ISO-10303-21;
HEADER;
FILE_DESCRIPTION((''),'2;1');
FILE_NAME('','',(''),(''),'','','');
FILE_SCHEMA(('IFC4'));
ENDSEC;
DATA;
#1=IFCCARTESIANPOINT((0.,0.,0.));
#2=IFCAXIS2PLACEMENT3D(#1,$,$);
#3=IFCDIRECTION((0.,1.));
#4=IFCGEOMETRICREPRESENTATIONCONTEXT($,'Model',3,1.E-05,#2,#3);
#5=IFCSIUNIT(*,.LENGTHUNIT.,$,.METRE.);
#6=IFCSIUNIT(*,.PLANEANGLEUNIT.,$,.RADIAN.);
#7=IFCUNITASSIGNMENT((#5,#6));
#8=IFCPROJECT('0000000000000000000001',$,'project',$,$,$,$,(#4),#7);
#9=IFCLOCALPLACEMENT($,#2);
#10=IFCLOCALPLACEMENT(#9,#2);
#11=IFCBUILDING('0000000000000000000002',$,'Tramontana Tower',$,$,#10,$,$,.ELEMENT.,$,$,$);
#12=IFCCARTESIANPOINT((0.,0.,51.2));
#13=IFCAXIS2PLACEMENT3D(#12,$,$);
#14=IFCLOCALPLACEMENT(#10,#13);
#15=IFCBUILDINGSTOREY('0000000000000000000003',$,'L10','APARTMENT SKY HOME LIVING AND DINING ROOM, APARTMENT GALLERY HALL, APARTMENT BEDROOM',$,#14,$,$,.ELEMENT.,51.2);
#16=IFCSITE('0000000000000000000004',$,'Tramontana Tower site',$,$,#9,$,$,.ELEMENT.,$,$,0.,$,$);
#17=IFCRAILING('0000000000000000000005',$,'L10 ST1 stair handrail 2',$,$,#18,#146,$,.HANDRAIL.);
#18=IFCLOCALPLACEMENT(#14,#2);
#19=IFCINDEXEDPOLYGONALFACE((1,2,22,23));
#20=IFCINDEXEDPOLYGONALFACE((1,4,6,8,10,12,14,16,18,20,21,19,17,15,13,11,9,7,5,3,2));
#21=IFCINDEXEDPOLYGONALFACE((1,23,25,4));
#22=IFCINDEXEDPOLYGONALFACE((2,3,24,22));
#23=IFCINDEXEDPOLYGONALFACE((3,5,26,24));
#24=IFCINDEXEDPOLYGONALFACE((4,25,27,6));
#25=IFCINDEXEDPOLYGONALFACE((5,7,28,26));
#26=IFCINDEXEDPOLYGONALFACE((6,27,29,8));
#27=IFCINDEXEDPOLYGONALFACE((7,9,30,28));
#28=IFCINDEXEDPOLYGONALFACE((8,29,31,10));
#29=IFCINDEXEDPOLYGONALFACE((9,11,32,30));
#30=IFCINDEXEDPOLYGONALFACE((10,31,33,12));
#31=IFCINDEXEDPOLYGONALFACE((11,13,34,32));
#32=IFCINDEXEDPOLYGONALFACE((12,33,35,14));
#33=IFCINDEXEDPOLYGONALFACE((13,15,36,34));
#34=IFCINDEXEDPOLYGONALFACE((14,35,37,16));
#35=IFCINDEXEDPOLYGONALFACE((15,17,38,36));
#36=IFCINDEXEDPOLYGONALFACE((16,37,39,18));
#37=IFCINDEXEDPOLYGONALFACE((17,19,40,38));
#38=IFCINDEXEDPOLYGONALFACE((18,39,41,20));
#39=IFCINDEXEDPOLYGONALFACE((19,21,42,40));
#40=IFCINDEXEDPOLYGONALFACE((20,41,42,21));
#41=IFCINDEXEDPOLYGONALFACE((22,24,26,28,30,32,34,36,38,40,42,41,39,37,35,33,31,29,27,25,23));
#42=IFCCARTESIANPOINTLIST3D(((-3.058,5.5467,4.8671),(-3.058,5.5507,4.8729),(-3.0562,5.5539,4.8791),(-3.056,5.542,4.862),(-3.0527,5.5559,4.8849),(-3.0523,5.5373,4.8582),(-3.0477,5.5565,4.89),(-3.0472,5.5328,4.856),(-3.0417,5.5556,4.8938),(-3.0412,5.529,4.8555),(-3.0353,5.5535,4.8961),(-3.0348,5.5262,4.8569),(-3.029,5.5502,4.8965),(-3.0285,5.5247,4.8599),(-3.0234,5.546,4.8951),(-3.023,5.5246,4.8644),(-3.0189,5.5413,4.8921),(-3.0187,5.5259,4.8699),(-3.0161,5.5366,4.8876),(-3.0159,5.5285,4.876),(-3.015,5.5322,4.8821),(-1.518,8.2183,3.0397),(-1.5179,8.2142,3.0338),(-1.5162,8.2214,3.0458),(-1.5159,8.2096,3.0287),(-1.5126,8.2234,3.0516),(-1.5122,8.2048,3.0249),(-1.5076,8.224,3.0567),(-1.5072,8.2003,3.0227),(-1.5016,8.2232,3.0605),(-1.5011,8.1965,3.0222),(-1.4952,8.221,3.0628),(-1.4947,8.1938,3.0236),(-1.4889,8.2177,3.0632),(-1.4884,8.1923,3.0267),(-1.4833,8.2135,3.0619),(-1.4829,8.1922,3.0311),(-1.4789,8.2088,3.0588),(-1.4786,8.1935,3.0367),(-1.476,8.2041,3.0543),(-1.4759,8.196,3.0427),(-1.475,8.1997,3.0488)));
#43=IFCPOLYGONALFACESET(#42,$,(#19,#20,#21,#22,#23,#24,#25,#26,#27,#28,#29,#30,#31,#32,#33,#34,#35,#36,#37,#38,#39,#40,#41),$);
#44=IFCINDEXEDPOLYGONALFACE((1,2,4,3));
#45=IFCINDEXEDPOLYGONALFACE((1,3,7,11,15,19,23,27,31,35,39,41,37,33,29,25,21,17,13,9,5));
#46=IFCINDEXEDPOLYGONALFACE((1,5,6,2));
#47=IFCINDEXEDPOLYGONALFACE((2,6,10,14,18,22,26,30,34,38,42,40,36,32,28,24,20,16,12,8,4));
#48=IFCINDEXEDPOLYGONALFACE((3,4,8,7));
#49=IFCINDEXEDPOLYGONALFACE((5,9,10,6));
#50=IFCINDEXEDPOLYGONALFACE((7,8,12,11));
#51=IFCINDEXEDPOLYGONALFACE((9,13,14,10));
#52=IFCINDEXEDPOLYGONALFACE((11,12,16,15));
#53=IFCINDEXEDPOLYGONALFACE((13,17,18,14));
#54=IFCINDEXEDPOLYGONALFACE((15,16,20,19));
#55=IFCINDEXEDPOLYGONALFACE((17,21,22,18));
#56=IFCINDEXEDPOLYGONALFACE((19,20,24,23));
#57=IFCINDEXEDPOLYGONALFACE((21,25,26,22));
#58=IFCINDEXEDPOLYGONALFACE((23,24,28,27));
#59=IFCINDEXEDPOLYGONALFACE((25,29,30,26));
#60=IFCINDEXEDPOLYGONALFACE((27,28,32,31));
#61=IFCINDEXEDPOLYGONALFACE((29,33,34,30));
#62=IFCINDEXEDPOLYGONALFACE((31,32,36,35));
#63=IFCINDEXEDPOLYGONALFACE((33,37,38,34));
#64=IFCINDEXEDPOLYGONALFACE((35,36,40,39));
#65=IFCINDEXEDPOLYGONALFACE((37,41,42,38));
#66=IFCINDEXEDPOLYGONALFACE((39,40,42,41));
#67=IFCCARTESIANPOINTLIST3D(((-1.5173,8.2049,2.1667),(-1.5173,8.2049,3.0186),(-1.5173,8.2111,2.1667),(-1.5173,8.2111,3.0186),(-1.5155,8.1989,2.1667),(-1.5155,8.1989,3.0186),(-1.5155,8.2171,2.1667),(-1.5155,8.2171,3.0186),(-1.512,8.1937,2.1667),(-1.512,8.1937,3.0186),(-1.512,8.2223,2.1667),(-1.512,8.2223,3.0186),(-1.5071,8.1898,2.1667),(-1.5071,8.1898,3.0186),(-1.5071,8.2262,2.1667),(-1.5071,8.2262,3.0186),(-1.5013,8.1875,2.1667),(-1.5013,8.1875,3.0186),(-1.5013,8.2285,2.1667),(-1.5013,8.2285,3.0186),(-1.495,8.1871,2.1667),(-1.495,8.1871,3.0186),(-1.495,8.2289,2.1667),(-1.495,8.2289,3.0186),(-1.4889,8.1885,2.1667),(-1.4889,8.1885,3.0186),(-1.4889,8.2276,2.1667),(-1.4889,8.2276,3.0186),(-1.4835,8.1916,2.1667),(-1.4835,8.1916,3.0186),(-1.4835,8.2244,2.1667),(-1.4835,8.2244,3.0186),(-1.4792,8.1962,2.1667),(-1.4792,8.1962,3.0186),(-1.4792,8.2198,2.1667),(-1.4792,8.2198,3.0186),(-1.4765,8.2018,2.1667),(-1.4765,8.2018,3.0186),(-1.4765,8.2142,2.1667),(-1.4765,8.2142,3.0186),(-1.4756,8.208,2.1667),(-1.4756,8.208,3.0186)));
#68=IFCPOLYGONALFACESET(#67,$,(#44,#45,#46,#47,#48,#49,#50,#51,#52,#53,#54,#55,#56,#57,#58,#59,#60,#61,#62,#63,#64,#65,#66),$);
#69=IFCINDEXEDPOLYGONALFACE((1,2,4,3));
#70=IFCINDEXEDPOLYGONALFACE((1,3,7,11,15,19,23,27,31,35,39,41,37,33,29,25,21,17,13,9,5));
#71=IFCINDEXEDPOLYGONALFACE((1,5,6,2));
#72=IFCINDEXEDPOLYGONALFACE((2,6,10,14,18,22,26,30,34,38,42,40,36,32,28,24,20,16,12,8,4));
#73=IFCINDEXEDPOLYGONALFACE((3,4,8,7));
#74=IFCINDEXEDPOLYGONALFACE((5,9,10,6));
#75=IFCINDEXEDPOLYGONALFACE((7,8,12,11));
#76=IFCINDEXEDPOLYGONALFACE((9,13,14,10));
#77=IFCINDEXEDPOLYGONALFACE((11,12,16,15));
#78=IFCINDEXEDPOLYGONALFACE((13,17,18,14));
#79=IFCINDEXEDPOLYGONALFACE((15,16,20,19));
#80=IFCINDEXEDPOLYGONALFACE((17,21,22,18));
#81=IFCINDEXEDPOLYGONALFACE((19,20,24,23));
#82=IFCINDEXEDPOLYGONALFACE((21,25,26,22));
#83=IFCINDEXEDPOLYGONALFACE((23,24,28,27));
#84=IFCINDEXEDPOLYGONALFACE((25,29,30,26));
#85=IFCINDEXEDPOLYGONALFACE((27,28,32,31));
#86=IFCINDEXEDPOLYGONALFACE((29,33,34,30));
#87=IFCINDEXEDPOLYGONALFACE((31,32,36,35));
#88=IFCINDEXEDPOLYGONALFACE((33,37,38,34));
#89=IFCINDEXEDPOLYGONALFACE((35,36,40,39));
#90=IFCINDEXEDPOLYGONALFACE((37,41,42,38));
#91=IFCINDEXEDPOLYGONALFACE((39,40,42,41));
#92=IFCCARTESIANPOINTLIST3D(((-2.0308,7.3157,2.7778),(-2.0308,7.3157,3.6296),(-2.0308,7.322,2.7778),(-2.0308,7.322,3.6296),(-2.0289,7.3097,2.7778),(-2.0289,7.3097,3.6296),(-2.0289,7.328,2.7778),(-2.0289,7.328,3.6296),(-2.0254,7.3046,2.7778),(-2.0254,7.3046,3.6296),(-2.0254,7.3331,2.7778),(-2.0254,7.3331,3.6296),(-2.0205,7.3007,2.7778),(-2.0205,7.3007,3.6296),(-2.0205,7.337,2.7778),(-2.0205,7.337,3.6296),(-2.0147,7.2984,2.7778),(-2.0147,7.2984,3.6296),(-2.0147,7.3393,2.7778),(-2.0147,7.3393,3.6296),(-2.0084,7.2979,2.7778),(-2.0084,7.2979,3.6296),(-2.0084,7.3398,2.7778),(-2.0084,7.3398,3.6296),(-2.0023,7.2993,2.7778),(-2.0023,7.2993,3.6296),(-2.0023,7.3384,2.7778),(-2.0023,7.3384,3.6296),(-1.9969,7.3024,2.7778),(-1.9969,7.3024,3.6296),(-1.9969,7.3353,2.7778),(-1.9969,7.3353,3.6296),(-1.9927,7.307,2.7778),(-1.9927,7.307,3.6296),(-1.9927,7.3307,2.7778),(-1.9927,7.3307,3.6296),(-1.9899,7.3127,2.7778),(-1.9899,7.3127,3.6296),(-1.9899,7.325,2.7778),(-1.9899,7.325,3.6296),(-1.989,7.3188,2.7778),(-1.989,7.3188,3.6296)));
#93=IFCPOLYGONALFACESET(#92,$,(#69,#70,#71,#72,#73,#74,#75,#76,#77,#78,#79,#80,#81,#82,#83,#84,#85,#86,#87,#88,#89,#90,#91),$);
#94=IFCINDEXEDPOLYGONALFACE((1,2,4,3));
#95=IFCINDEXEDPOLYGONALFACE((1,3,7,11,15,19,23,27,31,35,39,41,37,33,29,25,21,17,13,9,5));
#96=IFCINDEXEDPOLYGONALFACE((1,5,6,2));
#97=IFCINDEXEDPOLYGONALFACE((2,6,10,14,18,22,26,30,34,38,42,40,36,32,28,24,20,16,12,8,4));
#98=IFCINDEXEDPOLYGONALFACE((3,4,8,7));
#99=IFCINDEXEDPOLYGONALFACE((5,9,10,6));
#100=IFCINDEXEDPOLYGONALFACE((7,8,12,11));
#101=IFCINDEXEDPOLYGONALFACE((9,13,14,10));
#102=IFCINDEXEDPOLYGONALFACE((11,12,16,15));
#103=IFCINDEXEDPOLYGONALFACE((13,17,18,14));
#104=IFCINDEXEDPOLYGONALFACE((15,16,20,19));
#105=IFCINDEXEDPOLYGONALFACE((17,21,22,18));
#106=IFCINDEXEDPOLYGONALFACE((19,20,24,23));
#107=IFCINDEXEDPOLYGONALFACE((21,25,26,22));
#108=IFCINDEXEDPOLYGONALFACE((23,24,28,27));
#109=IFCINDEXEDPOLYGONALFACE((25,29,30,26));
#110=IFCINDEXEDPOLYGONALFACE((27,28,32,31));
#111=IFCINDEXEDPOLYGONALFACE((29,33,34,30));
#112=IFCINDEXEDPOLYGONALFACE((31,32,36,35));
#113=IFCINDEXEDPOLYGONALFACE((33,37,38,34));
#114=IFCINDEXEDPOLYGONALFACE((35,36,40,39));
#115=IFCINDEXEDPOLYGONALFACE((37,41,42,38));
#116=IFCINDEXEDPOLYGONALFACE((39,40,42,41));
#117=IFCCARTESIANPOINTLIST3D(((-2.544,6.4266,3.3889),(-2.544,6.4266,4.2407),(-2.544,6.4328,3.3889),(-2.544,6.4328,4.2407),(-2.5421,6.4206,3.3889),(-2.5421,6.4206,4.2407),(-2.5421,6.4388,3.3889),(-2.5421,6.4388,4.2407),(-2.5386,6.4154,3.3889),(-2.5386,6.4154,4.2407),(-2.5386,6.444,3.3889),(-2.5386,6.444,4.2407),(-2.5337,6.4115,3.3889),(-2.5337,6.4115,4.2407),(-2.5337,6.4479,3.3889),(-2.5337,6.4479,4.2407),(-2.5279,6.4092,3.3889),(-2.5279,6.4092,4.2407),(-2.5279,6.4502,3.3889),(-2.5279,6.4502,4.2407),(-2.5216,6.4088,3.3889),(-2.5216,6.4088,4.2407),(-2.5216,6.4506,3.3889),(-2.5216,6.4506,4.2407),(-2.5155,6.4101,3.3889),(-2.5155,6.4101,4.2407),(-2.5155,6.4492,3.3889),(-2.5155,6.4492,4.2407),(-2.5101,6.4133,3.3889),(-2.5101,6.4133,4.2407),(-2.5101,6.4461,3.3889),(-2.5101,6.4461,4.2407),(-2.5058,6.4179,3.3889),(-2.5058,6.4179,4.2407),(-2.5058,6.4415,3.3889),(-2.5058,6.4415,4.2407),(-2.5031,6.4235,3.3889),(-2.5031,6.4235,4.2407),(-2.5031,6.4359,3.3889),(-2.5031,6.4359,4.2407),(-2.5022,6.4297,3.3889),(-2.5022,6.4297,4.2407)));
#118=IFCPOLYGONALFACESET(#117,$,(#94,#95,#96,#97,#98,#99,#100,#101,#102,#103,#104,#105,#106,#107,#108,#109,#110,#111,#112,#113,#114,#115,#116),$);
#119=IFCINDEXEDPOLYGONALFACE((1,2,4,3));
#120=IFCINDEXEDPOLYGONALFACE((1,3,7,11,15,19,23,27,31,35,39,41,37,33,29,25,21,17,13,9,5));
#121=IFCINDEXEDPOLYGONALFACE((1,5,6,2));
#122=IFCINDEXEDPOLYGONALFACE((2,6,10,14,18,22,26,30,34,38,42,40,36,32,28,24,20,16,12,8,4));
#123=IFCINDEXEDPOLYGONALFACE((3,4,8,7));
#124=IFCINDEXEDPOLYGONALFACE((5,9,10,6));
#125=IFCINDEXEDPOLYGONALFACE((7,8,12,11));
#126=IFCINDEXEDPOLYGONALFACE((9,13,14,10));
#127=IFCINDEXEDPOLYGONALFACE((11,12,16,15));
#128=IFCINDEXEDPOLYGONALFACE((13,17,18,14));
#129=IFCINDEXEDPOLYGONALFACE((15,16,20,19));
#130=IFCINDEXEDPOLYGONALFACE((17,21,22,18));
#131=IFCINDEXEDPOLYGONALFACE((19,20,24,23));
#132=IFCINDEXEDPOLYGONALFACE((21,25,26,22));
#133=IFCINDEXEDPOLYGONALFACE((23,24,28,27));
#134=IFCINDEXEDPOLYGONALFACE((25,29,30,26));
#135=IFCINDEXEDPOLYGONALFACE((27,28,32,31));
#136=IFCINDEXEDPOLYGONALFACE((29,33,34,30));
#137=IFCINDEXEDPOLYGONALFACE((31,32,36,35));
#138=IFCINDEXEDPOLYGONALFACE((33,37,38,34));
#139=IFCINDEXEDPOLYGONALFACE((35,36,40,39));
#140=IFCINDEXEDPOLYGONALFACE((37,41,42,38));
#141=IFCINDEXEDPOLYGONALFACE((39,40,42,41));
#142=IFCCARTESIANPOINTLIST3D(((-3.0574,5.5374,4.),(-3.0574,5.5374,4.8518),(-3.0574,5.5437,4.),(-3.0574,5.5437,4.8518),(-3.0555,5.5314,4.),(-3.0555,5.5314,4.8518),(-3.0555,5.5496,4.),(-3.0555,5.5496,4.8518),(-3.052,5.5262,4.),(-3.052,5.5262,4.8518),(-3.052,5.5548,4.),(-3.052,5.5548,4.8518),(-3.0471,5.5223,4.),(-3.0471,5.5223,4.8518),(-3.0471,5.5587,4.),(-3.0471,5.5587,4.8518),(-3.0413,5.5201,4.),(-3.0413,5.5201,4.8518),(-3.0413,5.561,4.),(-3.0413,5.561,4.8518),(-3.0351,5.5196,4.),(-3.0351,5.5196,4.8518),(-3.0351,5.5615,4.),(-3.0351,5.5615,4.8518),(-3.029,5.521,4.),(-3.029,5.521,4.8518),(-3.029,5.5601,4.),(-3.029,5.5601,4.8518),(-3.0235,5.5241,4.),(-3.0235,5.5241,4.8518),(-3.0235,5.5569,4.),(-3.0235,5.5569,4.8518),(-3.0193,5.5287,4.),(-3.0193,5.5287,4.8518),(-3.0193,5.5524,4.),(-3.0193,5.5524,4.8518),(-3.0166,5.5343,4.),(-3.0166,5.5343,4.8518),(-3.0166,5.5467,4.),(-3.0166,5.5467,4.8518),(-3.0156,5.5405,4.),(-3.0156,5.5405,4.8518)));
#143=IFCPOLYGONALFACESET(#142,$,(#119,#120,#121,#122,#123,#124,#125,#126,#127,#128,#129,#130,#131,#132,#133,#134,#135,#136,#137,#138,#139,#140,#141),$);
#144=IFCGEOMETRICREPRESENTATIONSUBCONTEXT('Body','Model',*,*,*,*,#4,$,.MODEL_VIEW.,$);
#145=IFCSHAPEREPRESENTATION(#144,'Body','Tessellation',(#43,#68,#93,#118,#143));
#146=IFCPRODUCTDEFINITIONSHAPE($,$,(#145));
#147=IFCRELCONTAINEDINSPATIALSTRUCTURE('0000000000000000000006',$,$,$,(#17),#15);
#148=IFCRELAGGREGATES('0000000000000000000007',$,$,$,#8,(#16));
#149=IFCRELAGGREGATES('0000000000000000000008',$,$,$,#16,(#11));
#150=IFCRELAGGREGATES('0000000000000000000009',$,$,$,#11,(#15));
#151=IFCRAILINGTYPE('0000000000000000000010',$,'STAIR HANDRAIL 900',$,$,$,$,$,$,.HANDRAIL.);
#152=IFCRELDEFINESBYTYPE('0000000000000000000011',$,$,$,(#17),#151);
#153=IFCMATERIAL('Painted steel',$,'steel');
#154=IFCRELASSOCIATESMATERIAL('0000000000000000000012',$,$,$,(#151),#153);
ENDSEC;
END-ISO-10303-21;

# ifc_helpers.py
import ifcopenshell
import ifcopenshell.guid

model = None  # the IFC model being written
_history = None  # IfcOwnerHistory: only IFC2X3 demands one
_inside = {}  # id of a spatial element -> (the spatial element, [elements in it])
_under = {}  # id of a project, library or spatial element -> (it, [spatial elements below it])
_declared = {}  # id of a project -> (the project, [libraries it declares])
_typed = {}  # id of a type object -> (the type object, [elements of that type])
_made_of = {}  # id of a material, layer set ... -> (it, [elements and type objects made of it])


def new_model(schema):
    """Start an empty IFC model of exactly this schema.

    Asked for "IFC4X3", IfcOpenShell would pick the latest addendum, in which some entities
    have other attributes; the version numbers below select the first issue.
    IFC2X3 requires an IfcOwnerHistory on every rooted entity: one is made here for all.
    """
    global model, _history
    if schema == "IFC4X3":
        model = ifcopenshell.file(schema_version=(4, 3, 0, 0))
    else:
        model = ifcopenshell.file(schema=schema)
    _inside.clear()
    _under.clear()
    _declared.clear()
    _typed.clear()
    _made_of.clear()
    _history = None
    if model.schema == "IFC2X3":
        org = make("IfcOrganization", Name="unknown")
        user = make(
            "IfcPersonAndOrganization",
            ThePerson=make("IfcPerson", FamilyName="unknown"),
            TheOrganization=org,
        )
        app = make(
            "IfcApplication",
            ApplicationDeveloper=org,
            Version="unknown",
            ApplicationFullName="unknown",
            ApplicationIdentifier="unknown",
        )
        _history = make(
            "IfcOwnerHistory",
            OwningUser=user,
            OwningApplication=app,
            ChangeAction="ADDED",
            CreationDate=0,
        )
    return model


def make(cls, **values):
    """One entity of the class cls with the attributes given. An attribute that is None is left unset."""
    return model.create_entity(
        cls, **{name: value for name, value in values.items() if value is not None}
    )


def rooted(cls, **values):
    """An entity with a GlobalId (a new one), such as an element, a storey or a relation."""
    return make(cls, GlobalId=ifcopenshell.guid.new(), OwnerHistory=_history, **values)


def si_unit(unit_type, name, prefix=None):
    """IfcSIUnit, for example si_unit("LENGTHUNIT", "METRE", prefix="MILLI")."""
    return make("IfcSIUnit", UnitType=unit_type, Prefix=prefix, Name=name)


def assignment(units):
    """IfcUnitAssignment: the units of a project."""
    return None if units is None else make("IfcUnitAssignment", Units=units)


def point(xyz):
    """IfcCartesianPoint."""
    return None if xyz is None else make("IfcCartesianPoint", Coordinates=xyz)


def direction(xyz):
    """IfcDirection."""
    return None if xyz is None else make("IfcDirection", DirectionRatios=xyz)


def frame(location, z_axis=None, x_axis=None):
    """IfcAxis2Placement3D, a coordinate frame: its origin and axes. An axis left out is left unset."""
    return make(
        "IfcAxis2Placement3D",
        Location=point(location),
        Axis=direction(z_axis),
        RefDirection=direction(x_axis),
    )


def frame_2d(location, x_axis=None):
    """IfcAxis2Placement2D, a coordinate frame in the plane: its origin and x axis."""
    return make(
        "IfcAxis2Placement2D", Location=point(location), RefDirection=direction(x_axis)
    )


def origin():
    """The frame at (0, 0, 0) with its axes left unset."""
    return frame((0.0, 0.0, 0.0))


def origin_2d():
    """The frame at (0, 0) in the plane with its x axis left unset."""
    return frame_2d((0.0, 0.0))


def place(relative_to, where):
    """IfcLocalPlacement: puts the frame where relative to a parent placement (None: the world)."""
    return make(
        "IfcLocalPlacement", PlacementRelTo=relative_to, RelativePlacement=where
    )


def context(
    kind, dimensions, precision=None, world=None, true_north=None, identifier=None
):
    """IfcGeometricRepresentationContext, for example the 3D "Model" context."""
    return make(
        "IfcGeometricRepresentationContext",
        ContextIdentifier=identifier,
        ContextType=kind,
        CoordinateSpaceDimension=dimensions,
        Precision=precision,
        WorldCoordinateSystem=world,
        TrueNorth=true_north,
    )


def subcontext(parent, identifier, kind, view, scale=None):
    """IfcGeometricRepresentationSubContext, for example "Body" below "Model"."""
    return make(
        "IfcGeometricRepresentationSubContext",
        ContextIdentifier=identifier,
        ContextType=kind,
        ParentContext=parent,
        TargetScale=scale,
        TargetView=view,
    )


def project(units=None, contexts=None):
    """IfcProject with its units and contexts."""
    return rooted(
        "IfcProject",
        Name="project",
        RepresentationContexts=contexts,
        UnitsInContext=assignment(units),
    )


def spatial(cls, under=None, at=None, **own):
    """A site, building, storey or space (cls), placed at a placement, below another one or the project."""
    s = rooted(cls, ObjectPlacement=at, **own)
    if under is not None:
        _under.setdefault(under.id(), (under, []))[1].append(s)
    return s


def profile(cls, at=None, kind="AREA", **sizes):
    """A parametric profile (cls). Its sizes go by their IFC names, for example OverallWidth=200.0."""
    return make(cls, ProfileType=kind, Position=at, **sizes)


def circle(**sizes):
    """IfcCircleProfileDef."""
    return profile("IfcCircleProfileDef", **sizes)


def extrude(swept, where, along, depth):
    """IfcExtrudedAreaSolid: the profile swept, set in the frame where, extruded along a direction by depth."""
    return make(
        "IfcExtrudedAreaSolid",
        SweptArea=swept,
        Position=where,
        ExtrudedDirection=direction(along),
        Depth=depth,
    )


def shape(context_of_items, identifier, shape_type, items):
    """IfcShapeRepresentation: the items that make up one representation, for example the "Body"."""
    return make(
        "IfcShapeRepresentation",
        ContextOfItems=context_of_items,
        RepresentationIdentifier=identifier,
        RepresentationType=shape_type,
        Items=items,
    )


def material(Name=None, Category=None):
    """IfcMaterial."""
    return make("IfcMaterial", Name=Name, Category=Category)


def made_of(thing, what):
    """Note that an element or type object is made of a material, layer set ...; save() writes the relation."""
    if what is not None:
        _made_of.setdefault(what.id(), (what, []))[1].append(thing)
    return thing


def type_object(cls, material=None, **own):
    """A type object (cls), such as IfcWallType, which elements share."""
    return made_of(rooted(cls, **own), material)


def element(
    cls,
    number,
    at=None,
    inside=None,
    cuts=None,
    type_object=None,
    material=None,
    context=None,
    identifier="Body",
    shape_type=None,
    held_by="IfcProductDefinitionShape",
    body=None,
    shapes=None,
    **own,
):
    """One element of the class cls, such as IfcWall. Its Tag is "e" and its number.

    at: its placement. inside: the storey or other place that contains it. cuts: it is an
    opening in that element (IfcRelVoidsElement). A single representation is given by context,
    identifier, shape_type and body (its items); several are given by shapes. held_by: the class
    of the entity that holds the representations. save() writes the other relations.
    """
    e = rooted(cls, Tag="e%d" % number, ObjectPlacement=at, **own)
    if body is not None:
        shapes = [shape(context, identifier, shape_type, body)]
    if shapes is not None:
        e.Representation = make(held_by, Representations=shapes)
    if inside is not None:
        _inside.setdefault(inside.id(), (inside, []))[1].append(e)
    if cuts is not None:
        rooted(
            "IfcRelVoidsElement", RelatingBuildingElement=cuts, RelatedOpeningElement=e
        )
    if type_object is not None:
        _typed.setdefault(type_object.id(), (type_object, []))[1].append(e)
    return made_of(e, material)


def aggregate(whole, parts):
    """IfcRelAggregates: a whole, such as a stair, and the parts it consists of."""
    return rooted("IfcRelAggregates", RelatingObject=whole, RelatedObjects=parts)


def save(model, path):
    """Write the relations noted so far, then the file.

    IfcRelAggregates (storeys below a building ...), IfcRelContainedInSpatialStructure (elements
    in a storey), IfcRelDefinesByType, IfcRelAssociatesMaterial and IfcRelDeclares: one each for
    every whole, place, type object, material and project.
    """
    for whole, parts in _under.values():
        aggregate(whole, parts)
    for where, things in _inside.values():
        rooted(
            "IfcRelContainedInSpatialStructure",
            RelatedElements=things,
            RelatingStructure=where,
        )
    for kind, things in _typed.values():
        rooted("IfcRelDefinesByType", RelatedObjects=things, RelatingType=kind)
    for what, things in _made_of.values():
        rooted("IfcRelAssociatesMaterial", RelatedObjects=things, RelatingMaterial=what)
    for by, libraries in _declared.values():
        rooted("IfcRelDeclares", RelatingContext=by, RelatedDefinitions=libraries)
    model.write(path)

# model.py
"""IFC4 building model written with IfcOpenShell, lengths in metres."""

from ifc_helpers import new_model, si_unit, direction, frame, origin, origin_2d, place, context, subcontext, project, spatial, circle, extrude, material, type_object, element, save


model = new_model("IFC4")

# Units and contexts
model_context = context("Model", 3, precision=1e-05, world=origin(), true_north=direction((0.0, 1.0)))
body_context = subcontext(model_context, "Body", "Model", "MODEL_VIEW")
ifc_project = project(units=[si_unit("LENGTHUNIT", "METRE"), si_unit("PLANEANGLEUNIT", "RADIAN")], contexts=[model_context])

# Site, building, storey
site_placement = place(None, origin())
site = spatial("IfcSite", under=ifc_project, at=site_placement, Name="Tramontana Tower site", CompositionType="ELEMENT", RefElevation=0.0)
building_placement = place(site_placement, origin())
building = spatial("IfcBuilding", under=site, at=building_placement, Name="Tramontana Tower", CompositionType="ELEMENT")
storey_placement = place(building_placement, frame((0.0, 0.0, 51.2)))
storey = spatial("IfcBuildingStorey", under=building, at=storey_placement, Name="L10", Description="APARTMENT SKY HOME LIVING AND DINING ROOM, APARTMENT GALLERY HALL, APARTMENT BEDROOM", CompositionType="ELEMENT", Elevation=51.2)

# Railing
ifc_material_1 = material(Name="Painted steel", Category="steel")
railing_type_1 = type_object("IfcRailingType", Name="STAIR HANDRAIL 900", PredefinedType="HANDRAIL", material=ifc_material_1)
railing_1_placement = place(storey_placement, frame((-1.4966, 8.208, 2.1667)))
element("IfcRailing", 1, at=railing_1_placement, inside=storey, type_object=railing_type_1, Name="L10 ST1 stair handrail 2", PredefinedType="HANDRAIL", context=body_context, shape_type="SweptSolid", body=[
    extrude(circle(Radius=0.0239, at=origin_2d()), frame((0.0, 0.0, 0.876), z_axis=(-0.429649, -0.74419, 0.511452), x_axis=(0.86603, -0.499992, 0.0)), (0.0, 0.0, 1.0), 3.5845),
    extrude(circle(Radius=0.021, at=origin_2d()), origin(), (0.0, 0.0, 1.0), 0.8518),
    extrude(circle(Radius=0.021, at=origin_2d()), frame((-0.5134, -0.8892, 0.6111)), (0.0, 0.0, 1.0), 0.8518),
    extrude(circle(Radius=0.021, at=origin_2d()), frame((-1.0266, -1.7783, 1.2222)), (0.0, 0.0, 1.0), 0.8518),
    extrude(circle(Radius=0.021, at=origin_2d()), frame((-1.54, -2.6675, 1.8333)), (0.0, 0.0, 1.0), 0.8518),
])

save(model, "model.ifc")
